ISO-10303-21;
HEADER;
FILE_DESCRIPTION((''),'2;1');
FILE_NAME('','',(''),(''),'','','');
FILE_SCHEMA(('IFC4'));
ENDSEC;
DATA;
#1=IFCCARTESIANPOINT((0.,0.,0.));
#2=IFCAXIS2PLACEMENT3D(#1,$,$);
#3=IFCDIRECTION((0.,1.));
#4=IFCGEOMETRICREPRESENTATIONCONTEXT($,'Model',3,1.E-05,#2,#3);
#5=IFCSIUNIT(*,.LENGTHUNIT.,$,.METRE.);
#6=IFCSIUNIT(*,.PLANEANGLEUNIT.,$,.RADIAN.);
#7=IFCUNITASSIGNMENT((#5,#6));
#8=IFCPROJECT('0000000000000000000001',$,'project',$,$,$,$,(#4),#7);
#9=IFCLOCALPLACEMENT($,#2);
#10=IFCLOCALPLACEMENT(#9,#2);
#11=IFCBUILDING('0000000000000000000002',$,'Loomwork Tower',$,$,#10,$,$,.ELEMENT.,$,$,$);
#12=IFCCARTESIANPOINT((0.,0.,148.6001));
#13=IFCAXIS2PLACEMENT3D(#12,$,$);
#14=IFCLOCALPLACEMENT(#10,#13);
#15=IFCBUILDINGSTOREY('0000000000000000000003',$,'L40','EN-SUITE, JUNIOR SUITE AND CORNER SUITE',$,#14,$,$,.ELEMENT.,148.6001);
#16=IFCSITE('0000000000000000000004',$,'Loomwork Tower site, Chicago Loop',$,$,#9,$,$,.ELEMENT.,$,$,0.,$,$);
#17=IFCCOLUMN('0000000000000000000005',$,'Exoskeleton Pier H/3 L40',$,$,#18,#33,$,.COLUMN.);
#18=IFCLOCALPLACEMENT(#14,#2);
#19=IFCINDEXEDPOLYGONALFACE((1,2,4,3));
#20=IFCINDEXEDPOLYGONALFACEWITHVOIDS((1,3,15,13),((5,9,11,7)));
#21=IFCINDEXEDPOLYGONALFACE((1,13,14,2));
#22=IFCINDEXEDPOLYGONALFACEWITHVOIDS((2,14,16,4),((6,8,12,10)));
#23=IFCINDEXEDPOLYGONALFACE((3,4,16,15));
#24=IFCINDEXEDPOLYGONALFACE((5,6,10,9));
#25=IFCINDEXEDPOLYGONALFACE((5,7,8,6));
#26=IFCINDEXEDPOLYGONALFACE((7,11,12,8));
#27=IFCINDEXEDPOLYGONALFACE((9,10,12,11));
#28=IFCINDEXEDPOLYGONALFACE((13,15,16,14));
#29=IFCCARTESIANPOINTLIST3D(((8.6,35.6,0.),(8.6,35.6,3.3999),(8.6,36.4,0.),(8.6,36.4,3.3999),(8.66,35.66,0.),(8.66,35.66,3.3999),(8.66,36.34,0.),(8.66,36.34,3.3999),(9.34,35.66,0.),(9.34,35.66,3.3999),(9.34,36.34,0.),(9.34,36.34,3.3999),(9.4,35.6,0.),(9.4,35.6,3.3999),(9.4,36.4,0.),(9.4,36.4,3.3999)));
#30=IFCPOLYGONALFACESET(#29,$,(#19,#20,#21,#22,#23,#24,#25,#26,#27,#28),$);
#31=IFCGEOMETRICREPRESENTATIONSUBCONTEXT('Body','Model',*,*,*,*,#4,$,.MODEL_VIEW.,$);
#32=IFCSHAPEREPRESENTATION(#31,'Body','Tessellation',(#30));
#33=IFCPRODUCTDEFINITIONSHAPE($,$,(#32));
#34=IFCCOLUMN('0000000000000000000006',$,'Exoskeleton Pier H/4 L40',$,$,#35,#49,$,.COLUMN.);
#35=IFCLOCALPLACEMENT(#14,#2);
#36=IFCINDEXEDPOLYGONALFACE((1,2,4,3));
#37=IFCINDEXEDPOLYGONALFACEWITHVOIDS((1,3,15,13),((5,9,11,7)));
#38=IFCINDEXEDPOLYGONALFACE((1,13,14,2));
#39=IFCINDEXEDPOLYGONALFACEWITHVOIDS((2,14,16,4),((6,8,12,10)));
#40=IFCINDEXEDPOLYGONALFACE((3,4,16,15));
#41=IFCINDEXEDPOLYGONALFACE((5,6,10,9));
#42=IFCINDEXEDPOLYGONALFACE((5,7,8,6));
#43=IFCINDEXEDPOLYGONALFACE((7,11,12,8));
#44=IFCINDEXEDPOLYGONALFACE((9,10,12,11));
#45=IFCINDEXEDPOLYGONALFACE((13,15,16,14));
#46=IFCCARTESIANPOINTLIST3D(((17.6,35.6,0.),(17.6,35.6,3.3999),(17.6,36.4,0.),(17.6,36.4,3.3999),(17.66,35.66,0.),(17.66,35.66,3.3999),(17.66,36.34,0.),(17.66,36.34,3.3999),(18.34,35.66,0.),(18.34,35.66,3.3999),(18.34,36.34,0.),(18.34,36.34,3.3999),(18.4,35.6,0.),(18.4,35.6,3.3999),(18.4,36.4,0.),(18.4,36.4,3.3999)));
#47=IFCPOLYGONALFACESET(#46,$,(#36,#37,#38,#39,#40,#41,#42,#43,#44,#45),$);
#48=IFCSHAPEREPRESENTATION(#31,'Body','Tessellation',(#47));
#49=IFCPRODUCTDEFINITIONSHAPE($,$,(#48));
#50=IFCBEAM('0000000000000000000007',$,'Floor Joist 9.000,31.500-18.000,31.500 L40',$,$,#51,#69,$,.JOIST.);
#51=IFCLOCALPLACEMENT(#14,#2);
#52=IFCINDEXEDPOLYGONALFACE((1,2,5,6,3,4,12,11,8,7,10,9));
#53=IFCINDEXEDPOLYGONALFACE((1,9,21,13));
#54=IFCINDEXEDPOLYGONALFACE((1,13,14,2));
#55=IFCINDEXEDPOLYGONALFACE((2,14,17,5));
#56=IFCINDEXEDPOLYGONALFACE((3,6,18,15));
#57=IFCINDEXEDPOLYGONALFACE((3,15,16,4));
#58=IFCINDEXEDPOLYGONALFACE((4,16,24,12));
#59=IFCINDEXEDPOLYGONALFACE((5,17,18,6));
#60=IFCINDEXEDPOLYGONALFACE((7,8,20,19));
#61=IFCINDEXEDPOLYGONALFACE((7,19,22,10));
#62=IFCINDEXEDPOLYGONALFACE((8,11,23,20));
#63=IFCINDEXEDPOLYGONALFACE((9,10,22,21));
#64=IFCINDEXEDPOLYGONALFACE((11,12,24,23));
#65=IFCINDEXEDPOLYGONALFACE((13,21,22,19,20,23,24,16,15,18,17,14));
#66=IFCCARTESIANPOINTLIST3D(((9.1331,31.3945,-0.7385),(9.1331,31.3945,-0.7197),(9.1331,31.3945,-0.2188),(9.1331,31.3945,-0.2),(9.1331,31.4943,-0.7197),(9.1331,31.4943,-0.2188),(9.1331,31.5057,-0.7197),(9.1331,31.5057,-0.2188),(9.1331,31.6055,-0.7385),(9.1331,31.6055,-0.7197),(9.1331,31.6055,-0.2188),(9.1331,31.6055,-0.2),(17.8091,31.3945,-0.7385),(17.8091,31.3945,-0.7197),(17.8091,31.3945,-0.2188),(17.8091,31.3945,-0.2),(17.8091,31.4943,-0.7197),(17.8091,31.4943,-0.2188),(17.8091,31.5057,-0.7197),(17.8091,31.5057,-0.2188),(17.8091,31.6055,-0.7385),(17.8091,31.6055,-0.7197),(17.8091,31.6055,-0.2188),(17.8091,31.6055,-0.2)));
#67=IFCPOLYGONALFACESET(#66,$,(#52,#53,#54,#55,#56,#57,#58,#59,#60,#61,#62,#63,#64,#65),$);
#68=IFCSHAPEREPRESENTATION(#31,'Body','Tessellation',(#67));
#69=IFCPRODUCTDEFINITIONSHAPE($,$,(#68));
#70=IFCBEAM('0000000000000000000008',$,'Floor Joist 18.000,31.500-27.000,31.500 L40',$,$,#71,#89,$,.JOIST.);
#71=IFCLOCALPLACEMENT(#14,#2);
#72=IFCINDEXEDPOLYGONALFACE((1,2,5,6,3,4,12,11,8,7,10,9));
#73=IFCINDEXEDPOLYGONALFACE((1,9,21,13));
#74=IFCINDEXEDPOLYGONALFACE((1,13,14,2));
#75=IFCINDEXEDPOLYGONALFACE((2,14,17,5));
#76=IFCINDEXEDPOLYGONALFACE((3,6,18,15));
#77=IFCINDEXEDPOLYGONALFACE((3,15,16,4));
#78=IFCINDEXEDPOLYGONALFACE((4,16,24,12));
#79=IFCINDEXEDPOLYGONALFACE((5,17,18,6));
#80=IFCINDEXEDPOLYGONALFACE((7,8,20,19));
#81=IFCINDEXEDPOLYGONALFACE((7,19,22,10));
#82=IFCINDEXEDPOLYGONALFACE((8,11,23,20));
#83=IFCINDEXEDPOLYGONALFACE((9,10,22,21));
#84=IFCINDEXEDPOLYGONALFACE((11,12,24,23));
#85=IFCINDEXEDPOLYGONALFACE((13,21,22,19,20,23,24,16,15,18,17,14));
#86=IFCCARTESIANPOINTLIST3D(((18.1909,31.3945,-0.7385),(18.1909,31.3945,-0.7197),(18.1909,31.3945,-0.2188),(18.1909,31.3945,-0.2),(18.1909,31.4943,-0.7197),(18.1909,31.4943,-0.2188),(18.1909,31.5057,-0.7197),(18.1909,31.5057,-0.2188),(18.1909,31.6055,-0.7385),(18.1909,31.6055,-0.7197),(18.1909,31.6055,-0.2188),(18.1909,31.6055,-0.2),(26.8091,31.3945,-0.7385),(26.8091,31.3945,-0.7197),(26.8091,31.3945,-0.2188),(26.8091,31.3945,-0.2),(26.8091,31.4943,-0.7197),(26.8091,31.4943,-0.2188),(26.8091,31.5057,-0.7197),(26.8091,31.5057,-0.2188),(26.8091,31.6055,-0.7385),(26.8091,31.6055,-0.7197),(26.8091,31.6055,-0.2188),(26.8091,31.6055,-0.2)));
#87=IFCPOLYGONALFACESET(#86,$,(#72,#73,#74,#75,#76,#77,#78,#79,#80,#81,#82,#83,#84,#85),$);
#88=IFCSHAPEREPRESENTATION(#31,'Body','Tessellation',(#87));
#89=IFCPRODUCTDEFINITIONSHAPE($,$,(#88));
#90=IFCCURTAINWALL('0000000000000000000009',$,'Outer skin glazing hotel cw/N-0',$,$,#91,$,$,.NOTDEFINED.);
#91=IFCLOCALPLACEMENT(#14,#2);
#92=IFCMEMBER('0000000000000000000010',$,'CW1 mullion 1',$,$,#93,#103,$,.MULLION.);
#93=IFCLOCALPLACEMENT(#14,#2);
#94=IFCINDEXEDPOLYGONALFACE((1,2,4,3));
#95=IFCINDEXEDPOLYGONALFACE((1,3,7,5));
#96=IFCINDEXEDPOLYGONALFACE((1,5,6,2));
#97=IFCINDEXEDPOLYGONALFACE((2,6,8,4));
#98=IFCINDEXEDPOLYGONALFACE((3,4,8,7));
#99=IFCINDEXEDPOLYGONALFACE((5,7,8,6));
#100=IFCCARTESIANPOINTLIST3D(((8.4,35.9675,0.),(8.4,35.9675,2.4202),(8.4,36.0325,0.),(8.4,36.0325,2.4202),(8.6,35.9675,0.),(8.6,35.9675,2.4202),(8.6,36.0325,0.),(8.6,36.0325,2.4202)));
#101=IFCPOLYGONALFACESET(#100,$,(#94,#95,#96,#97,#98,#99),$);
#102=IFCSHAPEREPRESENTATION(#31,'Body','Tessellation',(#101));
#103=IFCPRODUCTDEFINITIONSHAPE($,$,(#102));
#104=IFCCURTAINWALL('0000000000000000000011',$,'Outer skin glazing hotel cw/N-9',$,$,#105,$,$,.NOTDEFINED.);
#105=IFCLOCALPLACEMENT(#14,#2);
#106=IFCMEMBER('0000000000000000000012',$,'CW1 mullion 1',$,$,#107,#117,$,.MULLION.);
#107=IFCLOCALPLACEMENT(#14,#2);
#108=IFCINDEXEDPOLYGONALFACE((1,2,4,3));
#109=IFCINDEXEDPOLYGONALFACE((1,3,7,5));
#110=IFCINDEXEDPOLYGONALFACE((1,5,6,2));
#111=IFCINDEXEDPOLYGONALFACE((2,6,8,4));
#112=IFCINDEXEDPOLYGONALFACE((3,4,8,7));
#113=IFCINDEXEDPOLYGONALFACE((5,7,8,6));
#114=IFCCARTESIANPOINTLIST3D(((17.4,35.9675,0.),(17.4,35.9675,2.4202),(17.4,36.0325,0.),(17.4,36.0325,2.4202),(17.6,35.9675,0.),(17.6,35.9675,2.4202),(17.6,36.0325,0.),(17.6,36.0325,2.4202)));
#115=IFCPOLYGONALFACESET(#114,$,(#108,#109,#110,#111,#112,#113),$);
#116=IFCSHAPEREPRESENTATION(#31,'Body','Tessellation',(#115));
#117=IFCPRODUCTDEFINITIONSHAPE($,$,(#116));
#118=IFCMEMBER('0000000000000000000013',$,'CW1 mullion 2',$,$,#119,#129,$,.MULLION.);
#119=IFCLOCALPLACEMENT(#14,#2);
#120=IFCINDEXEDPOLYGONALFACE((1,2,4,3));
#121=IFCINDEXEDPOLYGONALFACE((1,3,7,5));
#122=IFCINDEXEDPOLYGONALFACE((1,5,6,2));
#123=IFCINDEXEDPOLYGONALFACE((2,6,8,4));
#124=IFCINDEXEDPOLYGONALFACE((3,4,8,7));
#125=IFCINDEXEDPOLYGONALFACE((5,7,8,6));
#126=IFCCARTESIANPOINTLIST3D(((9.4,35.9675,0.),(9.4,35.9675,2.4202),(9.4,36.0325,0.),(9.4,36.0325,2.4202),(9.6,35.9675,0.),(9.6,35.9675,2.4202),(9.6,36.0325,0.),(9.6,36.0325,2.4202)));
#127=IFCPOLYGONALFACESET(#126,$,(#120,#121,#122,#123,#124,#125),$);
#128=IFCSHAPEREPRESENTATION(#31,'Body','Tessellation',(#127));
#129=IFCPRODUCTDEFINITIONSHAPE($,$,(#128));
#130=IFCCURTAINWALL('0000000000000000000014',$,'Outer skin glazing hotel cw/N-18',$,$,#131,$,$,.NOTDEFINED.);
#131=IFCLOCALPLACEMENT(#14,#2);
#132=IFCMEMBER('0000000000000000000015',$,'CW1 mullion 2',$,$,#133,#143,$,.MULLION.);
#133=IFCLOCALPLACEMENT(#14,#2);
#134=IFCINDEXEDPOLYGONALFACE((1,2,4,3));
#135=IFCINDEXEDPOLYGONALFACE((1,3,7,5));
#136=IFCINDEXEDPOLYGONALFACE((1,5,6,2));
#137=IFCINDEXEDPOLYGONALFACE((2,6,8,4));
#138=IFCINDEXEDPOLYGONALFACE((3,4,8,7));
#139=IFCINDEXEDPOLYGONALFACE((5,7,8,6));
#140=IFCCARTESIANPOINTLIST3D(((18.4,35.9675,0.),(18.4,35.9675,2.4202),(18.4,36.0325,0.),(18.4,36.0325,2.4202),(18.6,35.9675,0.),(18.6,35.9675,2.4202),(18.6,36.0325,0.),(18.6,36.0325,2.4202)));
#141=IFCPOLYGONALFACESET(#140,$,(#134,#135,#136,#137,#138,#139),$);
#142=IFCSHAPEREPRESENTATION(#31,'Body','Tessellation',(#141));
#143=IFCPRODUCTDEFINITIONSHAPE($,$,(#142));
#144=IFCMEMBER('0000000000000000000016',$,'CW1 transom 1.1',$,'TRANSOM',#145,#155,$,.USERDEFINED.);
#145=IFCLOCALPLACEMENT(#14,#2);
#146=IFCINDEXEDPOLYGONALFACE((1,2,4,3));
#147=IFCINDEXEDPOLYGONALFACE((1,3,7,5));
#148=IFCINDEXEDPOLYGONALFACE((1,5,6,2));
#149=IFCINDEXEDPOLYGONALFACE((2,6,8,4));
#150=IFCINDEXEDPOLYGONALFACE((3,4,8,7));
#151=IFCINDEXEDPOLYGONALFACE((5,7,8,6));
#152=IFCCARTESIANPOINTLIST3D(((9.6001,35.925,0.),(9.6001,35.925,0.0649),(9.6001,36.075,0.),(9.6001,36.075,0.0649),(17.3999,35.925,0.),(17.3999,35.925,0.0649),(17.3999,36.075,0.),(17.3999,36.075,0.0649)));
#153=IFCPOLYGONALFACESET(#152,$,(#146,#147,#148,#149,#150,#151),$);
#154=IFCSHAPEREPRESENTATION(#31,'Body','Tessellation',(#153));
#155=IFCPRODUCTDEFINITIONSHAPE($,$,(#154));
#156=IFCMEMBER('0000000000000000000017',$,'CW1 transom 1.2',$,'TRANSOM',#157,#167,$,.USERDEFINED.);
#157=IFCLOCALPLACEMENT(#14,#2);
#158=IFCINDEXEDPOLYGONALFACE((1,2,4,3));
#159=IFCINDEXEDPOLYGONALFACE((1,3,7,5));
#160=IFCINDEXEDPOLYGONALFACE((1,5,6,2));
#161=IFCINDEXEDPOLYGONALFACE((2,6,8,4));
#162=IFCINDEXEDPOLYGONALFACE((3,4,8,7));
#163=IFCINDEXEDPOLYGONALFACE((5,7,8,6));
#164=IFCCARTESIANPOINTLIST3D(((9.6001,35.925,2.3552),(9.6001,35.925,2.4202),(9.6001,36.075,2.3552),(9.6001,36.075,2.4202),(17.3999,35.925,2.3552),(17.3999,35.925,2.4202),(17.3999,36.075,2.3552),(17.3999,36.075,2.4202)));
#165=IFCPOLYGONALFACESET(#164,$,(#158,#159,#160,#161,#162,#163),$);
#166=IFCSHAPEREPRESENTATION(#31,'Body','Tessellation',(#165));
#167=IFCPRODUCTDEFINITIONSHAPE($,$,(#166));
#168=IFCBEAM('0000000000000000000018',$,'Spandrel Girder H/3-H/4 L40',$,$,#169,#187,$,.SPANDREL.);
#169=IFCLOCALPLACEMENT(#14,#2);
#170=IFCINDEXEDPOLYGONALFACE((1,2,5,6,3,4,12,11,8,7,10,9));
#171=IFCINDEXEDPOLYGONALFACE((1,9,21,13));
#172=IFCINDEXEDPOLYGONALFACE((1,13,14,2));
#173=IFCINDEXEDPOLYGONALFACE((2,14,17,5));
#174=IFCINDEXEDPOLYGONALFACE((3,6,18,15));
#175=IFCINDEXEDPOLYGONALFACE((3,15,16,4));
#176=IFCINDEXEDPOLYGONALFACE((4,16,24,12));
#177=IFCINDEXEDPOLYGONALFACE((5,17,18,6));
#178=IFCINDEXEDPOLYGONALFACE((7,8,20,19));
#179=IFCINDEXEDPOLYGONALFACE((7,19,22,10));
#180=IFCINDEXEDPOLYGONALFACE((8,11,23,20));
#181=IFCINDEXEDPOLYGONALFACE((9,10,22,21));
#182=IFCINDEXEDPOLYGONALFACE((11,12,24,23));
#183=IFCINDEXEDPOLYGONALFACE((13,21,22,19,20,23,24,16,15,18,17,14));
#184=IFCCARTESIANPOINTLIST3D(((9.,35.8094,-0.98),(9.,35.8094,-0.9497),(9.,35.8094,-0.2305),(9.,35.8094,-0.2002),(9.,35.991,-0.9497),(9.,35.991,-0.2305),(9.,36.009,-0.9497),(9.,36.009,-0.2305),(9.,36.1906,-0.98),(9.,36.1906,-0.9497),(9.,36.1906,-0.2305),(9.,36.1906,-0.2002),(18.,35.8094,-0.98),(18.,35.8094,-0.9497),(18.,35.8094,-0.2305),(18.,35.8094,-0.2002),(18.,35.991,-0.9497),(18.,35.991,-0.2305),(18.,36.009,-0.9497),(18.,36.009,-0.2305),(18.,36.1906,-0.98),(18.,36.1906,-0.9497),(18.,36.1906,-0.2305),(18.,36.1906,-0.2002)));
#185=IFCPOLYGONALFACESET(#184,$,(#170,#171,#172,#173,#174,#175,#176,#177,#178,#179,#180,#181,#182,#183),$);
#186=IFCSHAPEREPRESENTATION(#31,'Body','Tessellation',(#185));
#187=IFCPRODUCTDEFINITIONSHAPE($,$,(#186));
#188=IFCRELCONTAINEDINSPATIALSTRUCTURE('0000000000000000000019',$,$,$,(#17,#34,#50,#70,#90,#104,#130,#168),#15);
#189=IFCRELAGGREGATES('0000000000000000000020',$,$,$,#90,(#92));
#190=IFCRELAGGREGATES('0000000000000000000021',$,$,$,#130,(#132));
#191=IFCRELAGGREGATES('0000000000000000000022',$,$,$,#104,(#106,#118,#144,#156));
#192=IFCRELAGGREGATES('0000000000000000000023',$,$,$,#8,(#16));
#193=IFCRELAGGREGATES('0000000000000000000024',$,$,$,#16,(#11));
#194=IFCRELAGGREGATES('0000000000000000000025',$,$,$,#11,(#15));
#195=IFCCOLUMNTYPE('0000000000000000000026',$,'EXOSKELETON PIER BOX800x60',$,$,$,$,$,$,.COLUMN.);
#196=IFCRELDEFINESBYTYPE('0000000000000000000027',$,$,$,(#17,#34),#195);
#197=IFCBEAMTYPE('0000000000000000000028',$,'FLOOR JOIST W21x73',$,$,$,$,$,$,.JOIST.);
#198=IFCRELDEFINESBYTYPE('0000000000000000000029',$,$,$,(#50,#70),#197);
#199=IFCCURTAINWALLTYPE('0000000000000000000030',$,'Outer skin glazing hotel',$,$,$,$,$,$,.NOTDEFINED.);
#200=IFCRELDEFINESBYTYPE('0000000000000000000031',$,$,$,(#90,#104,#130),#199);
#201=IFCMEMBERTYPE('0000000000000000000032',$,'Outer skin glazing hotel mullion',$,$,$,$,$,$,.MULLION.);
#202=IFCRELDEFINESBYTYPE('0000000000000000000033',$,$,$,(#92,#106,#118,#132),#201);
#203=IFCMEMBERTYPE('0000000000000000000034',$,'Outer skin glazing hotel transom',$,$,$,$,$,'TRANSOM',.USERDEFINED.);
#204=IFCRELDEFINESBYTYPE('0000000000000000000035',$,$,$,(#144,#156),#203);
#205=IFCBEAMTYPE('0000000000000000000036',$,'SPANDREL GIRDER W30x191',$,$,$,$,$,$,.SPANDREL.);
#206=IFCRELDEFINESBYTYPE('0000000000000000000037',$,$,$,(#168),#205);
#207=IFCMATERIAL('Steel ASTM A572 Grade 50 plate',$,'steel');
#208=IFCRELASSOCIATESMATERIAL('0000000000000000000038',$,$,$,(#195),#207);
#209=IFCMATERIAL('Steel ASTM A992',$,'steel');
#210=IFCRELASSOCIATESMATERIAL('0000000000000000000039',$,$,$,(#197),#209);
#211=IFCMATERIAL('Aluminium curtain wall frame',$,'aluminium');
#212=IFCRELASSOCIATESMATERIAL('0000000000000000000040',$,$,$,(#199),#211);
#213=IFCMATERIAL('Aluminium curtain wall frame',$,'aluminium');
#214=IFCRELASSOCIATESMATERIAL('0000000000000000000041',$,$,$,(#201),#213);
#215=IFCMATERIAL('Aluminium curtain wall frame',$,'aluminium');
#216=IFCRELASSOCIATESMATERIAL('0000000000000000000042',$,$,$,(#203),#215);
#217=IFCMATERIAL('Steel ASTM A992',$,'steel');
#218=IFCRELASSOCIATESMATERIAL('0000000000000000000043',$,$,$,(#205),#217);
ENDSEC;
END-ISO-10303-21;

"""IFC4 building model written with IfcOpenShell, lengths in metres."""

from ifc_helpers import new_model, si_unit, direction, frame, origin, origin_2d, place, context, subcontext, project, spatial, rectangle, hollow_rectangle, i_section, extrude, material, material_profile, profile_set, type_object, element, aggregate, save


model = new_model("IFC4")

# Units and contexts
model_context = context("Model", 3, precision=1e-05, world=origin(), true_north=direction((0.0, 1.0)))
body_context = subcontext(model_context, "Body", "Model", "MODEL_VIEW")
ifc_project = project(units=[si_unit("LENGTHUNIT", "METRE"), si_unit("PLANEANGLEUNIT", "RADIAN")], contexts=[model_context])

# Site, building, storey
site_placement = place(None, origin())
site = spatial("IfcSite", under=ifc_project, at=site_placement, Name="Loomwork Tower site, Chicago Loop", CompositionType="ELEMENT", RefElevation=0.0)
building_placement = place(site_placement, origin())
building = spatial("IfcBuilding", under=site, at=building_placement, Name="Loomwork Tower", CompositionType="ELEMENT")
storey_placement = place(building_placement, frame((0.0, 0.0, 148.6001)))
storey = spatial("IfcBuildingStorey", under=building, at=storey_placement, Name="L40", Description="EN-SUITE, JUNIOR SUITE AND CORNER SUITE", CompositionType="ELEMENT", Elevation=148.6001)

# Columns
ifc_material_1 = material(Name="Steel ASTM A572 Grade 50 plate", Category="steel")
ifc_material_profile_1 = material_profile(ifc_material_1, hollow_rectangle(XDim=0.8, YDim=0.8, WallThickness=0.0601, at=origin_2d()), Name="BOX800x60")
ifc_profile_set_1 = profile_set([ifc_material_profile_1], Name="Steel ASTM A572 Grade 50 plate")
column_type = type_object("IfcColumnType", Name="EXOSKELETON PIER BOX800x60", PredefinedType="COLUMN", material=ifc_profile_set_1)
for number, where, z_axis, x_axis, name in (
    (1, (9.0, 36.0, 0.0), (0.0, 0.0, 1.0), (1.0, 0.0, 0.0), "Exoskeleton Pier H/3 L40"),
    (2, (18.0, 36.0, 0.0), (0.0, 0.0, 1.0), (1.0, 0.0, 0.0), "Exoskeleton Pier H/4 L40"),
):
    element("IfcColumn", number, at=place(storey_placement, frame(where, z_axis=z_axis, x_axis=x_axis)), inside=storey, type_object=column_type, Name=name, PredefinedType="COLUMN", context=body_context, shape_type="SweptSolid", body=[
        extrude(hollow_rectangle(XDim=0.8, YDim=0.8, WallThickness=0.0601, at=origin_2d()), origin(), (0.0, 0.0, 1.0), 3.3999),
    ])

# Beams
ifc_material_2 = material(Name="Steel ASTM A992", Category="steel")
ifc_material_profile_2 = material_profile(ifc_material_2, i_section(OverallWidth=0.2109, OverallDepth=0.5386, WebThickness=0.0115, FlangeThickness=0.0188, at=origin_2d()), Name="W21x73")
ifc_profile_set_2 = profile_set([ifc_material_profile_2], Name="Steel ASTM A992")
beam_type_1 = type_object("IfcBeamType", Name="FLOOR JOIST W21x73", PredefinedType="JOIST", material=ifc_profile_set_2)
beam_1_placement = place(storey_placement, frame((9.1331, 31.5, -0.4692), z_axis=(1.0, 0.0, 0.0), x_axis=(0.0, 1.0, 0.0)))
element("IfcBeam", 3, at=beam_1_placement, inside=storey, type_object=beam_type_1, Name="Floor Joist 9.000,31.500-18.000,31.500 L40", PredefinedType="JOIST", context=body_context, shape_type="SweptSolid", body=[
    extrude(i_section(OverallWidth=0.2109, OverallDepth=0.5386, WebThickness=0.0115, FlangeThickness=0.0188, at=origin_2d()), origin(), (0.0, 0.0, 1.0), 8.676),
])
beam_2_placement = place(storey_placement, frame((18.1909, 31.5, -0.4692), z_axis=(1.0, 0.0, 0.0), x_axis=(0.0, 1.0, 0.0)))
element("IfcBeam", 4, at=beam_2_placement, inside=storey, type_object=beam_type_1, Name="Floor Joist 18.000,31.500-27.000,31.500 L40", PredefinedType="JOIST", context=body_context, shape_type="SweptSolid", body=[
    extrude(i_section(OverallWidth=0.2109, OverallDepth=0.5386, WebThickness=0.0115, FlangeThickness=0.0188, at=origin_2d()), origin(), (0.0, 0.0, 1.0), 8.6182),
])

# Curtain wall, member
ifc_material_3 = material(Name="Aluminium curtain wall frame", Category="aluminium")
curtain_wall_type = type_object("IfcCurtainWallType", Name="Outer skin glazing hotel", PredefinedType="NOTDEFINED", material=ifc_material_3)
curtain_wall_1_placement = place(storey_placement, origin())
curtain_wall_1 = element("IfcCurtainWall", 5, at=curtain_wall_1_placement, inside=storey, type_object=curtain_wall_type, Name="Outer skin glazing hotel cw/N-0", PredefinedType="NOTDEFINED")
ifc_material_4 = material(Name="Aluminium curtain wall frame", Category="aluminium")
ifc_material_profile_3 = material_profile(ifc_material_4, rectangle(XDim=0.0649, YDim=0.2, at=origin_2d()), Name="AL 65x200")
ifc_profile_set_3 = profile_set([ifc_material_profile_3], Name="Aluminium curtain wall frame")
member_type_1 = type_object("IfcMemberType", Name="Outer skin glazing hotel mullion", PredefinedType="MULLION", material=ifc_profile_set_3)
member_1_placement = place(storey_placement, frame((8.5, 36.0, 0.0), z_axis=(0.0, 0.0, 1.0), x_axis=(0.0, -1.0, 0.0)))
member_1 = element("IfcMember", 6, at=member_1_placement, type_object=member_type_1, Name="CW1 mullion 1", PredefinedType="MULLION", context=body_context, shape_type="SweptSolid", body=[
    extrude(rectangle(XDim=0.0649, YDim=0.2, at=origin_2d()), origin(), (0.0, 0.0, 1.0), 2.4202),
])
aggregate(curtain_wall_1, [member_1])

# Curtain wall, members
curtain_wall_2_placement = place(storey_placement, origin())
curtain_wall_2 = element("IfcCurtainWall", 7, at=curtain_wall_2_placement, inside=storey, type_object=curtain_wall_type, Name="Outer skin glazing hotel cw/N-9", PredefinedType="NOTDEFINED")
member_2_placement = place(storey_placement, frame((17.5, 36.0, 0.0), z_axis=(0.0, 0.0, 1.0), x_axis=(0.0, -1.0, 0.0)))
member_2 = element("IfcMember", 8, at=member_2_placement, type_object=member_type_1, Name="CW1 mullion 1", PredefinedType="MULLION", context=body_context, shape_type="SweptSolid", body=[
    extrude(rectangle(XDim=0.0649, YDim=0.2, at=origin_2d()), origin(), (0.0, 0.0, 1.0), 2.4202),
])
member_3_placement = place(storey_placement, frame((9.5, 36.0, 0.0), z_axis=(0.0, 0.0, 1.0), x_axis=(0.0, -1.0, 0.0)))
member_3 = element("IfcMember", 9, at=member_3_placement, type_object=member_type_1, Name="CW1 mullion 2", PredefinedType="MULLION", context=body_context, shape_type="SweptSolid", body=[
    extrude(rectangle(XDim=0.0649, YDim=0.2, at=origin_2d()), origin(), (0.0, 0.0, 1.0), 2.4202),
])

# Curtain wall, member
curtain_wall_3_placement = place(storey_placement, origin())
curtain_wall_3 = element("IfcCurtainWall", 10, at=curtain_wall_3_placement, inside=storey, type_object=curtain_wall_type, Name="Outer skin glazing hotel cw/N-18", PredefinedType="NOTDEFINED")
member_4_placement = place(storey_placement, frame((18.5, 36.0, 0.0), z_axis=(0.0, 0.0, 1.0), x_axis=(0.0, -1.0, 0.0)))
member_4 = element("IfcMember", 11, at=member_4_placement, type_object=member_type_1, Name="CW1 mullion 2", PredefinedType="MULLION", context=body_context, shape_type="SweptSolid", body=[
    extrude(rectangle(XDim=0.0649, YDim=0.2, at=origin_2d()), origin(), (0.0, 0.0, 1.0), 2.4202),
])
aggregate(curtain_wall_3, [member_4])

# Members
ifc_material_5 = material(Name="Aluminium curtain wall frame", Category="aluminium")
ifc_material_profile_4 = material_profile(ifc_material_5, rectangle(XDim=0.1499, YDim=0.0649, at=origin_2d()), Name="AL 65x150")
ifc_profile_set_4 = profile_set([ifc_material_profile_4], Name="Aluminium curtain wall frame")
member_type_2 = type_object("IfcMemberType", Name="Outer skin glazing hotel transom", ElementType="TRANSOM", PredefinedType="USERDEFINED", material=ifc_profile_set_4)
member_5_placement = place(storey_placement, frame((17.3999, 36.0, 0.0325), z_axis=(-1.0, 0.0, 0.0), x_axis=(0.0, -1.0, 0.0)))
member_5 = element("IfcMember", 12, at=member_5_placement, type_object=member_type_2, Name="CW1 transom 1.1", ObjectType="TRANSOM", PredefinedType="USERDEFINED", context=body_context, shape_type="SweptSolid", body=[
    extrude(rectangle(XDim=0.1499, YDim=0.0649, at=origin_2d()), origin(), (0.0, 0.0, 1.0), 7.7998),
])
member_6_placement = place(storey_placement, frame((17.3999, 36.0, 2.3877), z_axis=(-1.0, 0.0, 0.0), x_axis=(0.0, -1.0, 0.0)))
member_6 = element("IfcMember", 13, at=member_6_placement, type_object=member_type_2, Name="CW1 transom 1.2", ObjectType="TRANSOM", PredefinedType="USERDEFINED", context=body_context, shape_type="SweptSolid", body=[
    extrude(rectangle(XDim=0.1499, YDim=0.0649, at=origin_2d()), origin(), (0.0, 0.0, 1.0), 7.7998),
])

# Beam
ifc_material_6 = material(Name="Steel ASTM A992", Category="steel")
ifc_material_profile_5 = material_profile(ifc_material_6, i_section(OverallWidth=0.3811, OverallDepth=0.7798, WebThickness=0.0181, FlangeThickness=0.0303, at=origin_2d()), Name="W30x191")
ifc_profile_set_5 = profile_set([ifc_material_profile_5], Name="Steel ASTM A992")
beam_type_2 = type_object("IfcBeamType", Name="SPANDREL GIRDER W30x191", PredefinedType="SPANDREL", material=ifc_profile_set_5)
for number, where, z_axis, x_axis, name in (
    (14, (9.0, 36.0, -0.5901), (1.0, 0.0, 0.0), (0.0, 1.0, 0.0), "Spandrel Girder H/3-H/4 L40"),
):
    element("IfcBeam", number, at=place(storey_placement, frame(where, z_axis=z_axis, x_axis=x_axis)), inside=storey, type_object=beam_type_2, Name=name, PredefinedType="SPANDREL", context=body_context, shape_type="SweptSolid", body=[
        extrude(i_section(OverallWidth=0.3811, OverallDepth=0.7798, WebThickness=0.0181, FlangeThickness=0.0303, at=origin_2d()), origin(), (0.0, 0.0, 1.0), 9.0),
    ])

aggregate(curtain_wall_2, [member_2, member_3, member_5, member_6])

save(model, "model.ifc")
